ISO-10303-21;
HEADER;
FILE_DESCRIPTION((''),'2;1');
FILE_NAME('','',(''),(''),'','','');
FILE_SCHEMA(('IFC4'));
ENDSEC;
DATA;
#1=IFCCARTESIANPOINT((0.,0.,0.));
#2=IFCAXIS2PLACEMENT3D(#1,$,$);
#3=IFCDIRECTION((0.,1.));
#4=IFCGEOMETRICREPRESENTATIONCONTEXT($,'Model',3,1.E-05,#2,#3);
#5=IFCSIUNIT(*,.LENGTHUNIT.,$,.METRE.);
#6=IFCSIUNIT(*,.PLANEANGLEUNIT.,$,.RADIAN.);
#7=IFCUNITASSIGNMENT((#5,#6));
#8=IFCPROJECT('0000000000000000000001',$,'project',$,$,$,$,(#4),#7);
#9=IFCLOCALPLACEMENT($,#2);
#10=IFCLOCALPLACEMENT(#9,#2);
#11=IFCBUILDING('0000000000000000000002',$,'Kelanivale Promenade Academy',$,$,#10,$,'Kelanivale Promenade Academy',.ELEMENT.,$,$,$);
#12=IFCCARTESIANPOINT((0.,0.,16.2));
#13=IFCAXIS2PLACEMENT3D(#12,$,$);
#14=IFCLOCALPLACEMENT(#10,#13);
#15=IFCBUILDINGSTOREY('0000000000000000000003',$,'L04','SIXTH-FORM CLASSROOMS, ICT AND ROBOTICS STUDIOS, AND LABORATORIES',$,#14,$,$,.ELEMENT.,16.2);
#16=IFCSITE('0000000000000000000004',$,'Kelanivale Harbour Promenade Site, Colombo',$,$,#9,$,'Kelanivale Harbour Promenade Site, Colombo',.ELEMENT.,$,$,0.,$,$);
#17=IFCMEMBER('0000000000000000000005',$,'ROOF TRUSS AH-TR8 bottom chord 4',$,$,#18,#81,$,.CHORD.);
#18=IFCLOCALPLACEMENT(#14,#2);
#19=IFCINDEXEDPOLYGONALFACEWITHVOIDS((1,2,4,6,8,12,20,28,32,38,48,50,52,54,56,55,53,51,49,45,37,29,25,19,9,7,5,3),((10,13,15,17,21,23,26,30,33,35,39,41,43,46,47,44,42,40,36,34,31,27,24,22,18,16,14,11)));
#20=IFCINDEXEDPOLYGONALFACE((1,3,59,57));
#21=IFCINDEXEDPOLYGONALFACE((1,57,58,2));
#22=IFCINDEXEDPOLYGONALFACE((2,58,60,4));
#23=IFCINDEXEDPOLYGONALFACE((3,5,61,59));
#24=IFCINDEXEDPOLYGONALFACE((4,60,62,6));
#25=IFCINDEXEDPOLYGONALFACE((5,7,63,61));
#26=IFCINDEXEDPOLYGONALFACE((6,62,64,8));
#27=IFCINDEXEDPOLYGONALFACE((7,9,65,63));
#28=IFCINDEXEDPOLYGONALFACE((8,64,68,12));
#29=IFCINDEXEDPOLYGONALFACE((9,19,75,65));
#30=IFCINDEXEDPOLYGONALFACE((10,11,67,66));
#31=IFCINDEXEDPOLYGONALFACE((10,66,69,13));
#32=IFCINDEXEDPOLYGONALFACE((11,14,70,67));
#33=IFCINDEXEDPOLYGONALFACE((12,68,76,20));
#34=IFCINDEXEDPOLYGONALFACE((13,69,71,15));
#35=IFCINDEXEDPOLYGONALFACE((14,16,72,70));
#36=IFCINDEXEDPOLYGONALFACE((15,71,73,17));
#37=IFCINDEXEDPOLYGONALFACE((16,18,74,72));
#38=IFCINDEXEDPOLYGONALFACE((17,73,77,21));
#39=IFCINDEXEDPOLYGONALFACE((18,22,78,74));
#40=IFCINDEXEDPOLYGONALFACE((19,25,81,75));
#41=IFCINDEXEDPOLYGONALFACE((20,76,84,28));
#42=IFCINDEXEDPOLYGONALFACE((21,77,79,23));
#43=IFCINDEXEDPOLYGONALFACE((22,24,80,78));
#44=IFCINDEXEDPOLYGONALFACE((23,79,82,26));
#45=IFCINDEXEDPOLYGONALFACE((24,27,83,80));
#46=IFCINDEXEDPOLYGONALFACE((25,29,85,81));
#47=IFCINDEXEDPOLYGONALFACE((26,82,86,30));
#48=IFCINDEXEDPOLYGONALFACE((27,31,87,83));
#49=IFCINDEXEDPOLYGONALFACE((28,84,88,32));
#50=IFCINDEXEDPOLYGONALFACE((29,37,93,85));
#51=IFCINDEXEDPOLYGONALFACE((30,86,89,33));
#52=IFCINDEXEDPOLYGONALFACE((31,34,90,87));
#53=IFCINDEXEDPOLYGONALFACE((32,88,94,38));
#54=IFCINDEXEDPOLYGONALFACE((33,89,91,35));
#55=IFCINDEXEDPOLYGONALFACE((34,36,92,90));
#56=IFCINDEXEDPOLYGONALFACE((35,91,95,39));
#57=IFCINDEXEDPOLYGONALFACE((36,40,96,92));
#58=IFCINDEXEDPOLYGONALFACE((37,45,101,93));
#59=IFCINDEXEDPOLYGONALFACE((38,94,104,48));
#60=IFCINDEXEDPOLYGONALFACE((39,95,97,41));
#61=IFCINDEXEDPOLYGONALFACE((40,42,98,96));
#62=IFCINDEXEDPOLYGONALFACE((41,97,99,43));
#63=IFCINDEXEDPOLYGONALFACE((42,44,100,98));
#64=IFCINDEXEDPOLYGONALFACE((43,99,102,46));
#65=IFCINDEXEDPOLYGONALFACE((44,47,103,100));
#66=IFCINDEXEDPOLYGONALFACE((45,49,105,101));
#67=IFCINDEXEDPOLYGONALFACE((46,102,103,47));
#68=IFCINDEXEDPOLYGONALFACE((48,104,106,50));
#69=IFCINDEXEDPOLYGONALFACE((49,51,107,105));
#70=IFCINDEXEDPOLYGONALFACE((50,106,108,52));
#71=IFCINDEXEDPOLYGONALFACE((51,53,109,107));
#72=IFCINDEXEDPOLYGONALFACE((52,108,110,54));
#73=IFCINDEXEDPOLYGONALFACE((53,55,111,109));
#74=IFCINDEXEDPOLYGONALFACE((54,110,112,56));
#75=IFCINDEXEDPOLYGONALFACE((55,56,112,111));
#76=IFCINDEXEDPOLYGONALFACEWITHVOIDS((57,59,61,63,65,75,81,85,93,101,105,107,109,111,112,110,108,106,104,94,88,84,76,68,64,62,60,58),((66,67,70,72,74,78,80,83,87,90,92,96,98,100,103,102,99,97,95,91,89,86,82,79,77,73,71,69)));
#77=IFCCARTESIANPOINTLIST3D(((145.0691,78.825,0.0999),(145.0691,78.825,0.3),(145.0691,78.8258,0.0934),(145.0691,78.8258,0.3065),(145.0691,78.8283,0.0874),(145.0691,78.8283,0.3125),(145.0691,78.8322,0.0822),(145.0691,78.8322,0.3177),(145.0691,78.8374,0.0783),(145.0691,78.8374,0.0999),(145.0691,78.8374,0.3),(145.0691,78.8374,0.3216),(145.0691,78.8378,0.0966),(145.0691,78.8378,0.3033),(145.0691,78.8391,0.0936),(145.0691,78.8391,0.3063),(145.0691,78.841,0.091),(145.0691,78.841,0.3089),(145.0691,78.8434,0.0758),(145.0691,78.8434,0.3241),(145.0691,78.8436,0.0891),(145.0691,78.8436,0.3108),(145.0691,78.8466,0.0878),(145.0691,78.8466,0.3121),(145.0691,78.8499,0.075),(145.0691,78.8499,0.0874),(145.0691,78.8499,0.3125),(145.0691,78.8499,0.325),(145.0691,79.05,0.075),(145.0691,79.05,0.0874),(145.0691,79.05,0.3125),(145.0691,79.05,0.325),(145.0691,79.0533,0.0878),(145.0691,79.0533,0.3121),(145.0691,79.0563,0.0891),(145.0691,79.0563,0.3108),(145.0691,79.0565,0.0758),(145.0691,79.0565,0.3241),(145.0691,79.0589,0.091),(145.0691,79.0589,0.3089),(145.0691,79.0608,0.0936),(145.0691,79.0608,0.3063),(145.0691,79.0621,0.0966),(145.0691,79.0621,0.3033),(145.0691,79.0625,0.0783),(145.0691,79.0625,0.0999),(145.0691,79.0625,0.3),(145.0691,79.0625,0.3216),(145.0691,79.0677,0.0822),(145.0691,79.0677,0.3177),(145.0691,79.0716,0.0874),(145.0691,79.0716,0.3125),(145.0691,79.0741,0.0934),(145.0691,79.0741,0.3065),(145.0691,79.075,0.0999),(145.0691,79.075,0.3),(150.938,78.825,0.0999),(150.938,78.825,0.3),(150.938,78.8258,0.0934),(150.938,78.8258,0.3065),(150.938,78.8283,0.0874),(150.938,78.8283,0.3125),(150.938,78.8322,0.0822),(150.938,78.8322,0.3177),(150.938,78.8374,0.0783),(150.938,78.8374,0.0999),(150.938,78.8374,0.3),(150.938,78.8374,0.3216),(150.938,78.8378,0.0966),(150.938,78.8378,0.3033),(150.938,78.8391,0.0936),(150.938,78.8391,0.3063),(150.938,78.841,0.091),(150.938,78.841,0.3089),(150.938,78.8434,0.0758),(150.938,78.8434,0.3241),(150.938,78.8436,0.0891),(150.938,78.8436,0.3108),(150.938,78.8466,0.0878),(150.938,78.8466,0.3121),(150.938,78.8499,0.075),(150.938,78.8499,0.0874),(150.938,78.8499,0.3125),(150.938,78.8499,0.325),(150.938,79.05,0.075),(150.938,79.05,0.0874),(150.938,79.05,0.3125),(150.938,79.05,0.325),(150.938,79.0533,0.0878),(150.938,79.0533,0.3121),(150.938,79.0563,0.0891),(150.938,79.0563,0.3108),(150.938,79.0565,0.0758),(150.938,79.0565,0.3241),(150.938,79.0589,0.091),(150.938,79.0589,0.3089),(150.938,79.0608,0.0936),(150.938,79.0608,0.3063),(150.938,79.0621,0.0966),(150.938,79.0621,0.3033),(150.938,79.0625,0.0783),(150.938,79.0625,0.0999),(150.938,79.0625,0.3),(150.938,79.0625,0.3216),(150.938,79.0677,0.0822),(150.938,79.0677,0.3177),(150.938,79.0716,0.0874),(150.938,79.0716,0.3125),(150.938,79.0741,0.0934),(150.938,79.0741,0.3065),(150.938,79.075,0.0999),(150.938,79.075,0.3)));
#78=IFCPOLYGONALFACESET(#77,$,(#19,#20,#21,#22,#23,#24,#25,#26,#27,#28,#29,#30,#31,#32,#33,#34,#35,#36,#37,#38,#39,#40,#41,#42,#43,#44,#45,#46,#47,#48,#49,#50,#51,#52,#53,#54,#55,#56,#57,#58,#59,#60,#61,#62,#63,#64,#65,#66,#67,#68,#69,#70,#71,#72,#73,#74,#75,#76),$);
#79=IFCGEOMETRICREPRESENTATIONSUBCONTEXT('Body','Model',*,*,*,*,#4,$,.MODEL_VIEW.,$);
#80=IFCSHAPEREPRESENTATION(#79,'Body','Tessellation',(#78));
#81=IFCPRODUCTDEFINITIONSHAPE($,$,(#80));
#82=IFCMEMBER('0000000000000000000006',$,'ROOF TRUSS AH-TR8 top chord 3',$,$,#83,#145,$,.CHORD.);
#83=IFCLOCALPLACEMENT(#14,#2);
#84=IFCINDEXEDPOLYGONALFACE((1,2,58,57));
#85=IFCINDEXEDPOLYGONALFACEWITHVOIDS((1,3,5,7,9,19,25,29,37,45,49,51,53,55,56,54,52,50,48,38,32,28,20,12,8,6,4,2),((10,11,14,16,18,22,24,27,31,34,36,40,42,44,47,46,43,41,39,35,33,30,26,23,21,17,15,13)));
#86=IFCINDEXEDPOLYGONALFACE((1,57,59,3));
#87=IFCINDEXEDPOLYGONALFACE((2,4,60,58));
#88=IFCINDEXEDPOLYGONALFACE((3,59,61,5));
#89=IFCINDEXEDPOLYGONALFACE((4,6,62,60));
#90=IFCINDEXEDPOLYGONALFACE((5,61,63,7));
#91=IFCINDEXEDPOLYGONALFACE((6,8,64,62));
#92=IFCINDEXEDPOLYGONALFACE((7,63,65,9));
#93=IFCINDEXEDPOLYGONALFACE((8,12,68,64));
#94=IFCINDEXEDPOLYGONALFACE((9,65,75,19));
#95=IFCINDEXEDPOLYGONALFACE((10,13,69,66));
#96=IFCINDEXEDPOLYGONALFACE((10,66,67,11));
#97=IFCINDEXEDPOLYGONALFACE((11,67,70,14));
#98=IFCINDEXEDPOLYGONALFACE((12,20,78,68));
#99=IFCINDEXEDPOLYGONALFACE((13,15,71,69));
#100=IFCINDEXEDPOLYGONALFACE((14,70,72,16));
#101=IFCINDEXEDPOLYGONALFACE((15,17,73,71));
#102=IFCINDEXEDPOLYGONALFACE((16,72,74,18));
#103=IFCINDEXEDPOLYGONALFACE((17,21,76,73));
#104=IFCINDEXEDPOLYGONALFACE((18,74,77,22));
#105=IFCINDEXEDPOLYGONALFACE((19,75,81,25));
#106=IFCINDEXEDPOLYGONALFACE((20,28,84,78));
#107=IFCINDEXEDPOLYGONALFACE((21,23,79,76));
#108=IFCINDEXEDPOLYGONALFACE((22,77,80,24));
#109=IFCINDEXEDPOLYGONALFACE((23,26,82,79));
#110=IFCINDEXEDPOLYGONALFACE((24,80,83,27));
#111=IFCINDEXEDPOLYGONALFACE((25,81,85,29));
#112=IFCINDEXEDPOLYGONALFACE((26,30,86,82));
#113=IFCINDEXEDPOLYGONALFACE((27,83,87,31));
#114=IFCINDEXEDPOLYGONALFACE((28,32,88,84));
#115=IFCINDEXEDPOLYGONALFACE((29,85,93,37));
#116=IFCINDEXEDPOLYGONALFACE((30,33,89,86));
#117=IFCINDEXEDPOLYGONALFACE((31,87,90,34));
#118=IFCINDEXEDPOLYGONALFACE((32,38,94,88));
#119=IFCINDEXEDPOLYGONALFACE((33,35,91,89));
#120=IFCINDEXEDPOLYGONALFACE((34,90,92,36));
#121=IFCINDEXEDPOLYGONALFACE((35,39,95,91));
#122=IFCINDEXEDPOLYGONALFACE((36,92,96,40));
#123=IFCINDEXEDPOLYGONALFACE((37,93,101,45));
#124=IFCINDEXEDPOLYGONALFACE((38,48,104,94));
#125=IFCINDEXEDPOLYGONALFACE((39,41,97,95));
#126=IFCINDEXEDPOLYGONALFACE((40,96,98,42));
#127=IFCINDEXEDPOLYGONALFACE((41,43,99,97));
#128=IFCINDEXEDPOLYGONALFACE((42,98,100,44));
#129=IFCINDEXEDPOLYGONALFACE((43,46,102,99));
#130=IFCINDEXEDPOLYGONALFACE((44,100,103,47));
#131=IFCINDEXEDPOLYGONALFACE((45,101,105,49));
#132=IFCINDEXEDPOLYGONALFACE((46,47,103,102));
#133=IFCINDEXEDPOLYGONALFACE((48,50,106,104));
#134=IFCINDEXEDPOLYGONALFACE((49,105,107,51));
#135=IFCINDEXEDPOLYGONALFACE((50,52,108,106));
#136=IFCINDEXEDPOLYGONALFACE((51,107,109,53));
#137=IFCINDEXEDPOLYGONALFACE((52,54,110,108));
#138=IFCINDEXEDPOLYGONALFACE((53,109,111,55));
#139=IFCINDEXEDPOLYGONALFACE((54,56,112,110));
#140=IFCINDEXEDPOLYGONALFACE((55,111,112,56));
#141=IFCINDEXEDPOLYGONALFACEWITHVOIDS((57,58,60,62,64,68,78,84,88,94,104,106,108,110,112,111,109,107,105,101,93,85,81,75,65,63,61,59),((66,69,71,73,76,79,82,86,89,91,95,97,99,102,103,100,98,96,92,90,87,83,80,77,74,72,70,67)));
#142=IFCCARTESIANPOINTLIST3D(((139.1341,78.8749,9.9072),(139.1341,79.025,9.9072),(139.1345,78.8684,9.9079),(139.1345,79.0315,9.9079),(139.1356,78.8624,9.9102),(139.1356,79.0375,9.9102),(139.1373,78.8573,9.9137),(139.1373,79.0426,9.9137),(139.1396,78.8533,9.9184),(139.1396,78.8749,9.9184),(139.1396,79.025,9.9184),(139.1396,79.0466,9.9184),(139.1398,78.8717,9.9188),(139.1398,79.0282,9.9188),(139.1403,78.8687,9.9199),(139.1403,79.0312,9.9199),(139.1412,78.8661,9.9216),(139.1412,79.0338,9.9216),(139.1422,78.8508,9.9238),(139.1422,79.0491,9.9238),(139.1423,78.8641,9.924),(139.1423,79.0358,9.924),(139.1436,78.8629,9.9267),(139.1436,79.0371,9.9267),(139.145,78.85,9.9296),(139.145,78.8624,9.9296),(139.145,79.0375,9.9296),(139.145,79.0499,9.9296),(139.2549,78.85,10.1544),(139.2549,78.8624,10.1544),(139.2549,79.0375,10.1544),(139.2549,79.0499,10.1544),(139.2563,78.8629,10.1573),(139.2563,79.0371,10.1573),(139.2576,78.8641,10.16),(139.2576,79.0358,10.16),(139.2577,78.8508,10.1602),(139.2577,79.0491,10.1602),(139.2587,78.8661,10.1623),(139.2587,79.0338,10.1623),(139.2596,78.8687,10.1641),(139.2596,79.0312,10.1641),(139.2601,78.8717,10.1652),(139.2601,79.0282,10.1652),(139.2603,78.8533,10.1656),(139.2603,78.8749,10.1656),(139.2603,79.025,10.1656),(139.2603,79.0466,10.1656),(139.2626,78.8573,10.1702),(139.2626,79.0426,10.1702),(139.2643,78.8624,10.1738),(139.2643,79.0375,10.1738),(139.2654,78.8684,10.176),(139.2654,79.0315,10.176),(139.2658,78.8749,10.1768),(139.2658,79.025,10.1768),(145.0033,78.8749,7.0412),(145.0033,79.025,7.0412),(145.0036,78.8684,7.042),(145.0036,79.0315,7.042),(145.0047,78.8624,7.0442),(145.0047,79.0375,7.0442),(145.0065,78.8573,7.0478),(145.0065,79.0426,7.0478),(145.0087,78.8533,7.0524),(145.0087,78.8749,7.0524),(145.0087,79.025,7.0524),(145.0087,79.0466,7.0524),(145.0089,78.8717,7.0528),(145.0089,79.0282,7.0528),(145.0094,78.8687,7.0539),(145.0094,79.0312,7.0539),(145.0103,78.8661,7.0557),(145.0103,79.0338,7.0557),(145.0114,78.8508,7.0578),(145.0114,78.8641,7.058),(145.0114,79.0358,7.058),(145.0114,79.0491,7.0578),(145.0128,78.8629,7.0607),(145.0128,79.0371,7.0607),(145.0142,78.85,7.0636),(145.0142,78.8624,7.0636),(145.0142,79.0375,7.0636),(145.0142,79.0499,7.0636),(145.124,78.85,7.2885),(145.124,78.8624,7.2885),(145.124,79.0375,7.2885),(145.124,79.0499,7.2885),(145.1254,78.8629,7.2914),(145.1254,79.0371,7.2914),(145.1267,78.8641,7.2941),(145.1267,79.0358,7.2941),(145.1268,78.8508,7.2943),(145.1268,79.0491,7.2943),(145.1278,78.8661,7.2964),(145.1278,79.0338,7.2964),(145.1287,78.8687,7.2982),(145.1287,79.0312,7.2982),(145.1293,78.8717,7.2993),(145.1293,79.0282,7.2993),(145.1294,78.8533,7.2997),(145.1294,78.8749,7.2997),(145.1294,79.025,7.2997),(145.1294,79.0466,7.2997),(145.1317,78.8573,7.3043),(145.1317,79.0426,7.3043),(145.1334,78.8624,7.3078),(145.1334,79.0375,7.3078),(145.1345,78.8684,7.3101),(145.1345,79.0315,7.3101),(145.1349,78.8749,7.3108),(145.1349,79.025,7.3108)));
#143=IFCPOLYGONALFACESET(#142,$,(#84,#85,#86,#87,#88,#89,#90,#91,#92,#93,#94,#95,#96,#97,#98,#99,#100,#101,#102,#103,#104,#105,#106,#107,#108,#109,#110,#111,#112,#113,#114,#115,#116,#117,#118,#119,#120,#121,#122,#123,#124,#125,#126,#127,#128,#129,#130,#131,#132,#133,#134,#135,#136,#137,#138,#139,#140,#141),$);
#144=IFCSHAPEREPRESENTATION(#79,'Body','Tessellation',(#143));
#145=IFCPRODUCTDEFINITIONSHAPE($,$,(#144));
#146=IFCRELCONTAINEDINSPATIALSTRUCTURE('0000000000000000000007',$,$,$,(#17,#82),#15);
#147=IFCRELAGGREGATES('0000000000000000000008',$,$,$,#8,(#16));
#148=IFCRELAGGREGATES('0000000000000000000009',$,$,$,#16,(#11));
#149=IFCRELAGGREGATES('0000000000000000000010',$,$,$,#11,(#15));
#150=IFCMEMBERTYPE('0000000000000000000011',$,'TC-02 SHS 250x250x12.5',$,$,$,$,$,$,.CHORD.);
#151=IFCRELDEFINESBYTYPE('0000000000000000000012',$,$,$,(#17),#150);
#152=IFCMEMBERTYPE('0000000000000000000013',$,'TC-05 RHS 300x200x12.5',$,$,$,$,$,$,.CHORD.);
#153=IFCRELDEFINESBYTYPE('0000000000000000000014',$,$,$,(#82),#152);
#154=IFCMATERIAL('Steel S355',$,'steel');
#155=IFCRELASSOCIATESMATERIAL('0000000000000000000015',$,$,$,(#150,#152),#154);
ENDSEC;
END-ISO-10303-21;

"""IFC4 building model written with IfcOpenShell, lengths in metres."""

from ifc_helpers import new_model, si_unit, direction, frame, origin, origin_2d, place, context, subcontext, project, spatial, hollow_rectangle, extrude, material, material_profile, profile_set, type_object, element, save


model = new_model("IFC4")

# Units and contexts
model_context = context("Model", 3, precision=1e-05, world=origin(), true_north=direction((0.0, 1.0)))
body_context = subcontext(model_context, "Body", "Model", "MODEL_VIEW")
ifc_project = project(units=[si_unit("LENGTHUNIT", "METRE"), si_unit("PLANEANGLEUNIT", "RADIAN")], contexts=[model_context])

# Site, building, storey
site_placement = place(None, origin())
site = spatial("IfcSite", under=ifc_project, at=site_placement, Name="Kelanivale Harbour Promenade Site, Colombo", LongName="Kelanivale Harbour Promenade Site, Colombo", CompositionType="ELEMENT", RefElevation=0.0)
building_placement = place(site_placement, origin())
building = spatial("IfcBuilding", under=site, at=building_placement, Name="Kelanivale Promenade Academy", LongName="Kelanivale Promenade Academy", CompositionType="ELEMENT")
storey_placement = place(building_placement, frame((0.0, 0.0, 16.2)))
storey = spatial("IfcBuildingStorey", under=building, at=storey_placement, Name="L04", Description="SIXTH-FORM CLASSROOMS, ICT AND ROBOTICS STUDIOS, AND LABORATORIES", CompositionType="ELEMENT", Elevation=16.2)

# Shared definitions
ifc_material_1 = material(Name="Steel S355", Category="steel")

# Members
ifc_material_profile_1 = material_profile(ifc_material_1, hollow_rectangle(XDim=0.25, YDim=0.25, WallThickness=0.0125, InnerFilletRadius=0.0125, OuterFilletRadius=0.0249, at=origin_2d()), Name="SHS 250x250x12.5")
ifc_profile_set_1 = profile_set([ifc_material_profile_1], Name="Steel S355")
member_type_1 = type_object("IfcMemberType", Name="TC-02 SHS 250x250x12.5", PredefinedType="CHORD", material=ifc_profile_set_1)
member_1_placement = place(storey_placement, frame((145.0691, 78.95, 0.2), z_axis=(1.0, 0.0, 0.0), x_axis=(0.0, 1.0, 0.0)))
element("IfcMember", 1, at=member_1_placement, inside=storey, type_object=member_type_1, Name="ROOF TRUSS AH-TR8 bottom chord 4", PredefinedType="CHORD", context=body_context, shape_type="SweptSolid", body=[
    extrude(hollow_rectangle(XDim=0.25, YDim=0.25, WallThickness=0.0125, InnerFilletRadius=0.0125, OuterFilletRadius=0.0249, at=origin_2d()), origin(), (0.0, 0.0, 1.0), 5.8689),
])
ifc_material_profile_2 = material_profile(ifc_material_1, hollow_rectangle(XDim=0.2, YDim=0.3, WallThickness=0.0125, InnerFilletRadius=0.0125, OuterFilletRadius=0.0249, at=origin_2d()), Name="RHS 300x200x12.5")
ifc_profile_set_2 = profile_set([ifc_material_profile_2], Name="Steel S355")
member_type_2 = type_object("IfcMemberType", Name="TC-05 RHS 300x200x12.5", PredefinedType="CHORD", material=ifc_profile_set_2)
member_2_placement = place(storey_placement, frame((139.2, 78.95, 10.042), z_axis=(0.898589, 0.0, -0.438791), x_axis=(0.0, 1.0, 0.0)))
element("IfcMember", 2, at=member_2_placement, inside=storey, type_object=member_type_2, Name="ROOF TRUSS AH-TR8 top chord 3", PredefinedType="CHORD", context=body_context, shape_type="SweptSolid", body=[
    extrude(hollow_rectangle(XDim=0.2, YDim=0.3, WallThickness=0.0125, InnerFilletRadius=0.0125, OuterFilletRadius=0.0249, at=origin_2d()), origin(), (0.0, 0.0, 1.0), 6.5315),
])

save(model, "model.ifc")
